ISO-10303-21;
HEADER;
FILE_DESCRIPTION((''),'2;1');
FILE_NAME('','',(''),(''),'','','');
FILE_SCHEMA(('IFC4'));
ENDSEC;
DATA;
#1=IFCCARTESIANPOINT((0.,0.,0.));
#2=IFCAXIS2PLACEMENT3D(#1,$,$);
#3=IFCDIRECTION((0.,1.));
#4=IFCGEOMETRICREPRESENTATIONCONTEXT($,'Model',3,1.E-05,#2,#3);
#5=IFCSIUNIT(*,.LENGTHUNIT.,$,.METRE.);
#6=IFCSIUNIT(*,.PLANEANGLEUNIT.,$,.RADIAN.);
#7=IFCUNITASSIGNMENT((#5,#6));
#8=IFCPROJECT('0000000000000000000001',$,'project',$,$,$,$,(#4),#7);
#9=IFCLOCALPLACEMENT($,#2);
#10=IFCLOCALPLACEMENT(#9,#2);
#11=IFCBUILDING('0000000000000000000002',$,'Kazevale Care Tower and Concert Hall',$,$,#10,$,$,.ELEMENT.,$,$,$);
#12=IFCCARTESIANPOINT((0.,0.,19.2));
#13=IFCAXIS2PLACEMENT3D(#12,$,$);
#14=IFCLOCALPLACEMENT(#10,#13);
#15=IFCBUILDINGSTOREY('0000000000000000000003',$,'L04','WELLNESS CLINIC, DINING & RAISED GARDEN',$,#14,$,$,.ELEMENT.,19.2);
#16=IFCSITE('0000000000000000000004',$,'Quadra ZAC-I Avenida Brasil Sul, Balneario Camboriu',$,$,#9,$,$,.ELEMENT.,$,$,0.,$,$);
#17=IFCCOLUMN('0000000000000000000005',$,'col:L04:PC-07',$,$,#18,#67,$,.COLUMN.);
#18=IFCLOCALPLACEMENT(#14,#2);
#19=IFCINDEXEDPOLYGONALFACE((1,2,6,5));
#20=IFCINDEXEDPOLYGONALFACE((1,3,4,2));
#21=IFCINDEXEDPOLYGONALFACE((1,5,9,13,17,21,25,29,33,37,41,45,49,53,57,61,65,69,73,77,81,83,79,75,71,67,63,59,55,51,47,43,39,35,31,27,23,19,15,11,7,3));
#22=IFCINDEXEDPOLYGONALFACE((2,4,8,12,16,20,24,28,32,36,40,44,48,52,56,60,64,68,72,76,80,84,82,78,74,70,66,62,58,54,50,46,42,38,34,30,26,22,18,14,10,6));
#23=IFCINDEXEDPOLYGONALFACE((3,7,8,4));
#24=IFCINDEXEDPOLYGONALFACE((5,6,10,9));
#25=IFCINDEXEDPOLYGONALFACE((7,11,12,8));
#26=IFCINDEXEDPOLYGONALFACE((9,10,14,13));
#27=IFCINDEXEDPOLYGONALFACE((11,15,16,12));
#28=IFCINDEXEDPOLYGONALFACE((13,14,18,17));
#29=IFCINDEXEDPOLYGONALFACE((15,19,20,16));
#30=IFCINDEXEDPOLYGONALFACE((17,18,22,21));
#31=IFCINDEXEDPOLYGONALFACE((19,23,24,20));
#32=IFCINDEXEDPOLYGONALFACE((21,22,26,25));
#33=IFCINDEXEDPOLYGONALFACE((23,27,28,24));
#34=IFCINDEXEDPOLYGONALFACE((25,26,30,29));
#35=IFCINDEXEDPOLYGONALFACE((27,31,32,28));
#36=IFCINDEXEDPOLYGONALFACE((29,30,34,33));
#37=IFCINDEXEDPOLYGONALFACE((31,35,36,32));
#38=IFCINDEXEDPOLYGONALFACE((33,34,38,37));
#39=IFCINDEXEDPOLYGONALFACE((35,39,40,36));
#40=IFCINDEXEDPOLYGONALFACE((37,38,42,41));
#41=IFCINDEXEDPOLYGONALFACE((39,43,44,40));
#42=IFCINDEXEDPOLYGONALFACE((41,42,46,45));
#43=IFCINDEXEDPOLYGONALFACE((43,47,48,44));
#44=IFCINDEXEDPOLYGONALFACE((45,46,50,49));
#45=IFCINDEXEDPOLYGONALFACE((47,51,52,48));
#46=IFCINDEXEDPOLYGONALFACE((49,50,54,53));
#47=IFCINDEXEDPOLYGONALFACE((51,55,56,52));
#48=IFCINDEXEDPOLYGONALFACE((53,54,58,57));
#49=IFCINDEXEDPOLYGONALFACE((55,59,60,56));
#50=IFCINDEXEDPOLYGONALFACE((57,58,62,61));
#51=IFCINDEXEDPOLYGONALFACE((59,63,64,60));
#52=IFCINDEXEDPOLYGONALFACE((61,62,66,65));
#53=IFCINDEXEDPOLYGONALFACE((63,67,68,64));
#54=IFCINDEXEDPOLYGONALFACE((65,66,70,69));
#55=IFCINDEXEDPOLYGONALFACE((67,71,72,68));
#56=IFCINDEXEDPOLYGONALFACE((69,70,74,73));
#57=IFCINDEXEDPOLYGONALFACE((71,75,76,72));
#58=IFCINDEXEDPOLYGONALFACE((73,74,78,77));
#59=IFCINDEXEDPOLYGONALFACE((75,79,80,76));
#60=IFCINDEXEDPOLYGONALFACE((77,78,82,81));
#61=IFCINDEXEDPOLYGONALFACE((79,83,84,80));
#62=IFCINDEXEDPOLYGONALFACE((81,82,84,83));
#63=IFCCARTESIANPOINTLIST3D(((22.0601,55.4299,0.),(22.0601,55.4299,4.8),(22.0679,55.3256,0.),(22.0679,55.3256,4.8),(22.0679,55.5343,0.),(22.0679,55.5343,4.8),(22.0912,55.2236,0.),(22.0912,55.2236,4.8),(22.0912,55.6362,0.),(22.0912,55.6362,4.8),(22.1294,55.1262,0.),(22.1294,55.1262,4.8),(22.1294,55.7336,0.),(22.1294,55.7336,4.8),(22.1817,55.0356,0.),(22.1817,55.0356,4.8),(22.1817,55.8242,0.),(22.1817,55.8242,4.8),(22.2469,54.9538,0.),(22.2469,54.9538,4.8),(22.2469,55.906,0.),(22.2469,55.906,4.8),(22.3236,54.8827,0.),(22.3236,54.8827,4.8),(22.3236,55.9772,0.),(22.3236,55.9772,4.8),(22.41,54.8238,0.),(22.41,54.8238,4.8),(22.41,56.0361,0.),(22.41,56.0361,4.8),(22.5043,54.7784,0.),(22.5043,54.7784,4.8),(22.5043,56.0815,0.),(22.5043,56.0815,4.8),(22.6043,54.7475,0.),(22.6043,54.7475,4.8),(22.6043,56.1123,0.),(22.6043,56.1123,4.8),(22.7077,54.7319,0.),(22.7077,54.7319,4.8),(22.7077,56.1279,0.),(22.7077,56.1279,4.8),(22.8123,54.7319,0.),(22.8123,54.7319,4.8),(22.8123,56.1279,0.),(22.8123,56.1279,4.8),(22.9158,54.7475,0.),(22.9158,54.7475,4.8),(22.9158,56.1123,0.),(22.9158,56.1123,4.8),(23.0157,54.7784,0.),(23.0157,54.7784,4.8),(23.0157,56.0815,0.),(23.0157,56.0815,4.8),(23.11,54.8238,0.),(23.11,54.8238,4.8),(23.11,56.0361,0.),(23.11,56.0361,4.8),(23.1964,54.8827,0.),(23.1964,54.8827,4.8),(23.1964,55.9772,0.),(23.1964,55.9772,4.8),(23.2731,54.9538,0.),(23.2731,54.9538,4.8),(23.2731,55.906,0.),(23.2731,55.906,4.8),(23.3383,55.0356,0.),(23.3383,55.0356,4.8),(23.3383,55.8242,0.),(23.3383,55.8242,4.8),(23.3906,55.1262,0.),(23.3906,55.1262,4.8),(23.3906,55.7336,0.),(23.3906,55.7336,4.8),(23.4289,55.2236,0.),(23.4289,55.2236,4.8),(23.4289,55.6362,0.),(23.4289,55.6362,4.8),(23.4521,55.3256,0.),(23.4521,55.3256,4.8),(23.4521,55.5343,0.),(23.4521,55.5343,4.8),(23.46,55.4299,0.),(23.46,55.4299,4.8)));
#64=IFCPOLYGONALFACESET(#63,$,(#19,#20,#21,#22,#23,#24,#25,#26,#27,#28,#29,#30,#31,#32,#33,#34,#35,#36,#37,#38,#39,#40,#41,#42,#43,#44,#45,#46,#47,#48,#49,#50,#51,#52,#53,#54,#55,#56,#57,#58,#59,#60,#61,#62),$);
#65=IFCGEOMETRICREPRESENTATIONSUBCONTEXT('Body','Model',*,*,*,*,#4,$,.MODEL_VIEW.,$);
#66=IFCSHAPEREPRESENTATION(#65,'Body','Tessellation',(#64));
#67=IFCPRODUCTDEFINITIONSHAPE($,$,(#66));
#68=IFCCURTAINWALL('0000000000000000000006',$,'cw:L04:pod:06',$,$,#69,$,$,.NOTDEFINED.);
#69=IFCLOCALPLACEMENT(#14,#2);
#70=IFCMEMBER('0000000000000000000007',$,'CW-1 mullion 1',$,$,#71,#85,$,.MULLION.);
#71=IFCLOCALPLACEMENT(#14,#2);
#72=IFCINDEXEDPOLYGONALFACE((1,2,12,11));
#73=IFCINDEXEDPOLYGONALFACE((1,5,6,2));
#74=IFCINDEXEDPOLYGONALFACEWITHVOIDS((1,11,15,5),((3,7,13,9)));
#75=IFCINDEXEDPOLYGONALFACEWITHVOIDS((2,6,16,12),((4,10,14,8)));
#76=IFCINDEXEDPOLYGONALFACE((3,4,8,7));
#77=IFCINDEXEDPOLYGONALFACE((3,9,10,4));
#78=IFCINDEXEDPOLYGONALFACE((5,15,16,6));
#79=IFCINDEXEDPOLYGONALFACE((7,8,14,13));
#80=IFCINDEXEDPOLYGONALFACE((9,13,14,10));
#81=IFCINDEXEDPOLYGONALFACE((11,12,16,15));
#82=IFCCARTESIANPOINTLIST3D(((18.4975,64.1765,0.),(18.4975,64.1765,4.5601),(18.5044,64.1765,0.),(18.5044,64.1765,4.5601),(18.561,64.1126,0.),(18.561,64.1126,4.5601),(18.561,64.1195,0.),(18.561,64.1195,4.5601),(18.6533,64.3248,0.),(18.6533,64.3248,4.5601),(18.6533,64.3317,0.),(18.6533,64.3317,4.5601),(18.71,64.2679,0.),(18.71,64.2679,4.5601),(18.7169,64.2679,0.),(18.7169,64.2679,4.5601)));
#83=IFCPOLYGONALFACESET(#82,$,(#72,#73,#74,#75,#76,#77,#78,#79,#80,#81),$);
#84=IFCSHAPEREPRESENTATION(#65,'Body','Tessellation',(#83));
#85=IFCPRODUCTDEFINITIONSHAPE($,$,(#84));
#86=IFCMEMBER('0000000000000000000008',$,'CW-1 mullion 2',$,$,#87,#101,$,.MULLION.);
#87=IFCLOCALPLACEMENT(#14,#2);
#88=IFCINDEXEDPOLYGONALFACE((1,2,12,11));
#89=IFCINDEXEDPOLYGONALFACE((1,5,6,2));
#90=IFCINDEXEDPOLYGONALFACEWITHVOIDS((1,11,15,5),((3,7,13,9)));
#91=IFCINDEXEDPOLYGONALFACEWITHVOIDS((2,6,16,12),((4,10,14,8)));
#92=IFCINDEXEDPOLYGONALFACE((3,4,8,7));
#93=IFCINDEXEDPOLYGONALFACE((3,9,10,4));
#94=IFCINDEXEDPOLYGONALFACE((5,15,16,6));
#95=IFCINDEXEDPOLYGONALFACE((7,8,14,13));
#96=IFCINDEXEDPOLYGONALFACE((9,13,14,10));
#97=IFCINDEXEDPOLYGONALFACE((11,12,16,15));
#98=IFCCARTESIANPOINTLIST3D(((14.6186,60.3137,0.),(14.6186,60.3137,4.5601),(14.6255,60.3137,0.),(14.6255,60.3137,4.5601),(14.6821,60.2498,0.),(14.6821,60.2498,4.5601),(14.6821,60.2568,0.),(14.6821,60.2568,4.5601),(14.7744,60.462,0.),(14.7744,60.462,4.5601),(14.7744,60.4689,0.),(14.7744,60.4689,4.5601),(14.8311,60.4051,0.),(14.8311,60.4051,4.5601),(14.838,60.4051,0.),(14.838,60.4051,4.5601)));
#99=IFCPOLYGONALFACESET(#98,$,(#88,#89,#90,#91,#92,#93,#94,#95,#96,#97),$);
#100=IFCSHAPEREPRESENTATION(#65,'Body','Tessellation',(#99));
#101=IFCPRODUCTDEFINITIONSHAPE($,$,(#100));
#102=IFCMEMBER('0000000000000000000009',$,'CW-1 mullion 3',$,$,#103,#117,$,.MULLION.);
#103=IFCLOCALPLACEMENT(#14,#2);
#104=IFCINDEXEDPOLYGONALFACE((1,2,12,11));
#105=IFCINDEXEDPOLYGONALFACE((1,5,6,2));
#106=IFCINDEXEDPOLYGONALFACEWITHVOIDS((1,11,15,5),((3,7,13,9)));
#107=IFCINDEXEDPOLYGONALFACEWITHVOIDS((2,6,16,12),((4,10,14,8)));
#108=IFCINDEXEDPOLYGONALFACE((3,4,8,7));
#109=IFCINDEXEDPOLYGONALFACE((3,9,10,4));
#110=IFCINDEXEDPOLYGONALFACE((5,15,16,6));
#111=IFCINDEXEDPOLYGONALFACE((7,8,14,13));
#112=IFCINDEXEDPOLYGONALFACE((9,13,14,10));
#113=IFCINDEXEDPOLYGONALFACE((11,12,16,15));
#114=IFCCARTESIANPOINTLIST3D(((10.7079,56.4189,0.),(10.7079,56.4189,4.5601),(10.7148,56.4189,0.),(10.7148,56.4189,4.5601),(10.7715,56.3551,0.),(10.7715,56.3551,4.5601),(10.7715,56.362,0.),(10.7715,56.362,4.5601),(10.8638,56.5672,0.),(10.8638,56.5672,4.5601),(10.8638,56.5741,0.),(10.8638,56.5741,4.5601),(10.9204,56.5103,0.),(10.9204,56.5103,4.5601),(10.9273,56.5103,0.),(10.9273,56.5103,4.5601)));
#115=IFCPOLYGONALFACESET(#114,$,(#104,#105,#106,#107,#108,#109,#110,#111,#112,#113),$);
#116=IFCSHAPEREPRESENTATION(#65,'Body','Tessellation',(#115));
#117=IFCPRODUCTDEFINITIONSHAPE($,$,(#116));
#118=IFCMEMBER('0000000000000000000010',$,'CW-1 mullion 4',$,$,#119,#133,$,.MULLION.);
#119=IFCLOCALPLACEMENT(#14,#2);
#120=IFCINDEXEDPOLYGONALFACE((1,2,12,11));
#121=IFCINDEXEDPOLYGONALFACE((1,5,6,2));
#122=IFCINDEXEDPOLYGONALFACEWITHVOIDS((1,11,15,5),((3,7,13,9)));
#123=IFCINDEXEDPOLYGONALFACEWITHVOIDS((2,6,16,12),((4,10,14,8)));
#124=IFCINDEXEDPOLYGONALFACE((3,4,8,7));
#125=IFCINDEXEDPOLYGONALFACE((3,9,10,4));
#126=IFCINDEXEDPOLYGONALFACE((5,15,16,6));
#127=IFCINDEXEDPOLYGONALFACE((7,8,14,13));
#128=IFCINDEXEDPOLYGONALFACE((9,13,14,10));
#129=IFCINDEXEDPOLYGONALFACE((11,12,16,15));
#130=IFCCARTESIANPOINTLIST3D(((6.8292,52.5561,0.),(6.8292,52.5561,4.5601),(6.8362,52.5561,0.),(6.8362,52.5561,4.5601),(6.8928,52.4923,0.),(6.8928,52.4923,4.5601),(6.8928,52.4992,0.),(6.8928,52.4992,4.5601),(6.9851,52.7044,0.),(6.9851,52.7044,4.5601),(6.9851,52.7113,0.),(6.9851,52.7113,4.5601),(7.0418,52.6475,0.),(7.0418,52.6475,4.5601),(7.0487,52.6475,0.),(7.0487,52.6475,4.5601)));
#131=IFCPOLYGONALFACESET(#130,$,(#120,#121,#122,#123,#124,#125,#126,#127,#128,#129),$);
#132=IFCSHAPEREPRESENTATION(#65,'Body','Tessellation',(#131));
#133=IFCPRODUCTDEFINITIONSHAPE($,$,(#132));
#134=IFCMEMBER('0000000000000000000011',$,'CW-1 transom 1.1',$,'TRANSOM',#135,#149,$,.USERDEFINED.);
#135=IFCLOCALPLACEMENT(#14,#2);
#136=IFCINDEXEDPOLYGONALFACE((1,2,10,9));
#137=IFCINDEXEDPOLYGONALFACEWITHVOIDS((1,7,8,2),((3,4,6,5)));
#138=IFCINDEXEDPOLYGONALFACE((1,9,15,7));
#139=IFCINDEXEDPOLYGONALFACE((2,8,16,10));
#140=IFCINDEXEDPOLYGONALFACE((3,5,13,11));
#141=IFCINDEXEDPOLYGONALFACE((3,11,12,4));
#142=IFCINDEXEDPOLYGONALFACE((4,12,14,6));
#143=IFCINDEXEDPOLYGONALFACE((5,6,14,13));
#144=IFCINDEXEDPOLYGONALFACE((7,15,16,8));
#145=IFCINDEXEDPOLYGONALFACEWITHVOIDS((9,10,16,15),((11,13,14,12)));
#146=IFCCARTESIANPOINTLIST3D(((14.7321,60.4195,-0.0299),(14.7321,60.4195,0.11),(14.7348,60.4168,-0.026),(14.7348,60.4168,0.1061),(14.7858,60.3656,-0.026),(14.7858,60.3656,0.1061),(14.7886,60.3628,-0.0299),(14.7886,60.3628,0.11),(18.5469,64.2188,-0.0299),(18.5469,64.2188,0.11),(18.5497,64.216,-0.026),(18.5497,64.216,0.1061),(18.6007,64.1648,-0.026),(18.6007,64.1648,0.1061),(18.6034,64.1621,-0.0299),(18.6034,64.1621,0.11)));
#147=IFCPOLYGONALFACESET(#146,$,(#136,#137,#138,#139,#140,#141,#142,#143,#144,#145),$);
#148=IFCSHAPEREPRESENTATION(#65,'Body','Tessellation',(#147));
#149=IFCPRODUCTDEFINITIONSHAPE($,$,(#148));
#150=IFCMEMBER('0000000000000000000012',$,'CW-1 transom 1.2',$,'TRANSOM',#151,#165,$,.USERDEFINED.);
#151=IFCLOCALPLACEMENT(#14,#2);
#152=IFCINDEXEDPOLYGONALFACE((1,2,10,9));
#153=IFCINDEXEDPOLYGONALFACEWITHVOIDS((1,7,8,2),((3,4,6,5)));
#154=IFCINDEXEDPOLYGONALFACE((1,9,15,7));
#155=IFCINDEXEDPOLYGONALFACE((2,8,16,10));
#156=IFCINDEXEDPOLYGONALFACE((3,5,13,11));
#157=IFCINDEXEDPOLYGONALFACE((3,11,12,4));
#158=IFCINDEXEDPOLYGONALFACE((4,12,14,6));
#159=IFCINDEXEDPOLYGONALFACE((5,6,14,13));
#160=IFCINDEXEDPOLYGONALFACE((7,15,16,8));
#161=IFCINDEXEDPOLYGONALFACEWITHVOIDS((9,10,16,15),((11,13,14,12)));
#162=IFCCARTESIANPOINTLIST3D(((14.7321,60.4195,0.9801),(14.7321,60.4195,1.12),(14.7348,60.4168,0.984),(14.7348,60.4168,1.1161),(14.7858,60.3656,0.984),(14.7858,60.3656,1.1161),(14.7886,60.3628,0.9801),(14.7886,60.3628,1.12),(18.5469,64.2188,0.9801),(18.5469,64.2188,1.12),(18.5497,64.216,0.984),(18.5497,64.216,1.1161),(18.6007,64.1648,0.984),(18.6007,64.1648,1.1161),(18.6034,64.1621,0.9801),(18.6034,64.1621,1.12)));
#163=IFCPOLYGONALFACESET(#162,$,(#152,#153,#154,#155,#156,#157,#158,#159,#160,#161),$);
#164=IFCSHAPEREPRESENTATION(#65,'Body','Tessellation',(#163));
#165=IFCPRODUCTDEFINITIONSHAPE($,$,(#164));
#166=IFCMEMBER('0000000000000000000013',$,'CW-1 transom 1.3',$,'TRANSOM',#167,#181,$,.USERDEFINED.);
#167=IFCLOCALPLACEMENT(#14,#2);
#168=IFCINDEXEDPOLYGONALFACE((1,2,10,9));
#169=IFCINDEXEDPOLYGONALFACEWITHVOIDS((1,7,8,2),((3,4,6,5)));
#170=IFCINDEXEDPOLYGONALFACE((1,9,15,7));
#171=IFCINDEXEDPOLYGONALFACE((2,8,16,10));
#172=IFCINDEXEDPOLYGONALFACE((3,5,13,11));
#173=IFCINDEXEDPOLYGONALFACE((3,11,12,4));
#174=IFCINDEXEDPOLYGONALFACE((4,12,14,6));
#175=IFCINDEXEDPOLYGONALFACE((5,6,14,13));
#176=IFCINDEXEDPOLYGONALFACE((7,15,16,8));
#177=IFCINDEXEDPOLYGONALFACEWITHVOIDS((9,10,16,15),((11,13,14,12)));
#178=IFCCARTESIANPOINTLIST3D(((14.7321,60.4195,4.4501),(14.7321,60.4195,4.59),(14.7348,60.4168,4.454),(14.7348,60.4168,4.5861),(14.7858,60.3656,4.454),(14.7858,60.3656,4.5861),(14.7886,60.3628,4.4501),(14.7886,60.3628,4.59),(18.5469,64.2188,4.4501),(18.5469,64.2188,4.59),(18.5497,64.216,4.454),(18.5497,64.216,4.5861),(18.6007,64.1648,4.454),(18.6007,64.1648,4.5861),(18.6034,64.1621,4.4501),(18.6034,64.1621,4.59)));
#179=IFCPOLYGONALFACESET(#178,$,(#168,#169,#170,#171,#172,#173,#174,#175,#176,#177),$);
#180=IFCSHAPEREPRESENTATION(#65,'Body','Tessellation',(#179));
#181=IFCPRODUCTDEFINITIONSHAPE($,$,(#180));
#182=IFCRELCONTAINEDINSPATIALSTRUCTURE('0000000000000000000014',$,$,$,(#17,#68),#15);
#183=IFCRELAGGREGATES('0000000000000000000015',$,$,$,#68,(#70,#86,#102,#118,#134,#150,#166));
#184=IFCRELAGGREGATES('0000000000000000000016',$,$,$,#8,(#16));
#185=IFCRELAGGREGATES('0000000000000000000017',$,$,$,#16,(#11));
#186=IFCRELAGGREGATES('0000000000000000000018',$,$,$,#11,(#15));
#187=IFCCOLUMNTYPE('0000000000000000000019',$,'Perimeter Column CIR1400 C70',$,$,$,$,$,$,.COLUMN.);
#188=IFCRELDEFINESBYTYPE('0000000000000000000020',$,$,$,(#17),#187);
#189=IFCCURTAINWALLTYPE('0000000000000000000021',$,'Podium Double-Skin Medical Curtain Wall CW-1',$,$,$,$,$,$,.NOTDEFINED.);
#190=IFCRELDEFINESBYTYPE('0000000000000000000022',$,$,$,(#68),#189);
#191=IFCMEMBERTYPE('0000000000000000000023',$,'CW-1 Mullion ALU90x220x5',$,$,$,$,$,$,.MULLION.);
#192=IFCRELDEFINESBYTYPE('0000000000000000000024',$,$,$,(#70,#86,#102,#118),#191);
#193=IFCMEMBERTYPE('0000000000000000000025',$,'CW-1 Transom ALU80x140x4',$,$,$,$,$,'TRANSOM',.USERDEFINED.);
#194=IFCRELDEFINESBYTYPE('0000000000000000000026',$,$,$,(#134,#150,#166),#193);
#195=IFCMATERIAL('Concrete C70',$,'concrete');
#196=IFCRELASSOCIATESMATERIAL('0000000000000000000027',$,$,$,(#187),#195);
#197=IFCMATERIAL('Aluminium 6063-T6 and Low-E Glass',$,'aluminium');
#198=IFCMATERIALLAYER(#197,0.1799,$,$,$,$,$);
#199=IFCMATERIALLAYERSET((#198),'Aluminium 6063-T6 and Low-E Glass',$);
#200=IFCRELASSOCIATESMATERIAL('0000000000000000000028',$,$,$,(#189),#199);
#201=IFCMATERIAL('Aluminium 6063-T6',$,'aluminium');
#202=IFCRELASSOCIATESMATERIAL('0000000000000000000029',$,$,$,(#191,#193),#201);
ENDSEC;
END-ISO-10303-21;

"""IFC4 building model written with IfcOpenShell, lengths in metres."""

from ifc_helpers import new_model, si_unit, direction, frame, origin, origin_2d, place, context, subcontext, project, spatial, hollow_rectangle, circle, extrude, material, layer, layer_set, material_profile, profile_set, type_object, element, aggregate, save


model = new_model("IFC4")

# Units and contexts
model_context = context("Model", 3, precision=1e-05, world=origin(), true_north=direction((0.0, 1.0)))
body_context = subcontext(model_context, "Body", "Model", "MODEL_VIEW")
ifc_project = project(units=[si_unit("LENGTHUNIT", "METRE"), si_unit("PLANEANGLEUNIT", "RADIAN")], contexts=[model_context])

# Site, building, storey
site_placement = place(None, origin())
site = spatial("IfcSite", under=ifc_project, at=site_placement, Name="Quadra ZAC-I Avenida Brasil Sul, Balneario Camboriu", CompositionType="ELEMENT", RefElevation=0.0)
building_placement = place(site_placement, origin())
building = spatial("IfcBuilding", under=site, at=building_placement, Name="Kazevale Care Tower and Concert Hall", CompositionType="ELEMENT")
storey_placement = place(building_placement, frame((0.0, 0.0, 19.2)))
storey = spatial("IfcBuildingStorey", under=building, at=storey_placement, Name="L04", Description="WELLNESS CLINIC, DINING & RAISED GARDEN", CompositionType="ELEMENT", Elevation=19.2)

# Column
ifc_material_1 = material(Name="Concrete C70", Category="concrete")
ifc_material_profile_1 = material_profile(ifc_material_1, circle(Radius=0.7, at=origin_2d()), Name="RC-CIR1400")
ifc_profile_set_1 = profile_set([ifc_material_profile_1], Name="Concrete C70")
column_type = type_object("IfcColumnType", Name="Perimeter Column CIR1400 C70", PredefinedType="COLUMN", material=ifc_profile_set_1)
column_placement = place(storey_placement, frame((22.76, 55.4299, 0.0), z_axis=(0.0, 0.0, 1.0), x_axis=(1.0, 0.0, 0.0)))
element("IfcColumn", 1, at=column_placement, inside=storey, type_object=column_type, Name="col:L04:PC-07", PredefinedType="COLUMN", context=body_context, shape_type="SweptSolid", body=[
    extrude(circle(Radius=0.7, at=origin_2d()), origin(), (0.0, 0.0, 1.0), 4.8),
])

# Curtain wall, members
ifc_material_2 = material(Name="Aluminium 6063-T6 and Low-E Glass", Category="aluminium")
ifc_layer_1 = layer(ifc_material_2, 0.1799)
ifc_layer_set_1 = layer_set([ifc_layer_1], Name="Aluminium 6063-T6 and Low-E Glass")
curtain_wall_type = type_object("IfcCurtainWallType", Name="Podium Double-Skin Medical Curtain Wall CW-1", PredefinedType="NOTDEFINED", material=ifc_layer_set_1)
curtain_wall_placement = place(storey_placement, origin())
curtain_wall = element("IfcCurtainWall", 2, at=curtain_wall_placement, inside=storey, type_object=curtain_wall_type, Name="cw:L04:pod:06", PredefinedType="NOTDEFINED")
ifc_material_3 = material(Name="Aluminium 6063-T6", Category="aluminium")
ifc_material_profile_2 = material_profile(ifc_material_3, hollow_rectangle(XDim=0.0901, YDim=0.22, WallThickness=0.0049, at=origin_2d()), Name="ALU90x220x5")
ifc_profile_set_2 = profile_set([ifc_material_profile_2], Name="Aluminium 6063-T6")
member_type_1 = type_object("IfcMemberType", Name="CW-1 Mullion ALU90x220x5", PredefinedType="MULLION", material=ifc_profile_set_2)
member_1_placement = place(storey_placement, frame((18.6072, 64.2222, 0.0), z_axis=(0.0, 0.0, 1.0), x_axis=(0.705656, -0.708555, 0.0)))
member_1 = element("IfcMember", 3, at=member_1_placement, type_object=member_type_1, Name="CW-1 mullion 1", PredefinedType="MULLION", context=body_context, shape_type="SweptSolid", body=[
    extrude(hollow_rectangle(XDim=0.0901, YDim=0.22, WallThickness=0.0049, at=origin_2d()), origin(), (0.0, 0.0, 1.0), 4.5601),
])
member_2_placement = place(storey_placement, frame((14.7283, 60.3594, 0.0), z_axis=(0.0, 0.0, 1.0), x_axis=(0.705656, -0.708555, 0.0)))
member_2 = element("IfcMember", 4, at=member_2_placement, type_object=member_type_1, Name="CW-1 mullion 2", PredefinedType="MULLION", context=body_context, shape_type="SweptSolid", body=[
    extrude(hollow_rectangle(XDim=0.0901, YDim=0.22, WallThickness=0.0049, at=origin_2d()), origin(), (0.0, 0.0, 1.0), 4.5601),
])
member_3_placement = place(storey_placement, frame((10.8176, 56.4646, 0.0), z_axis=(0.0, 0.0, 1.0), x_axis=(0.705656, -0.708555, 0.0)))
member_3 = element("IfcMember", 5, at=member_3_placement, type_object=member_type_1, Name="CW-1 mullion 3", PredefinedType="MULLION", context=body_context, shape_type="SweptSolid", body=[
    extrude(hollow_rectangle(XDim=0.0901, YDim=0.22, WallThickness=0.0049, at=origin_2d()), origin(), (0.0, 0.0, 1.0), 4.5601),
])
member_4_placement = place(storey_placement, frame((6.939, 52.6018, 0.0), z_axis=(0.0, 0.0, 1.0), x_axis=(0.705656, -0.708555, 0.0)))
member_4 = element("IfcMember", 6, at=member_4_placement, type_object=member_type_1, Name="CW-1 mullion 4", PredefinedType="MULLION", context=body_context, shape_type="SweptSolid", body=[
    extrude(hollow_rectangle(XDim=0.0901, YDim=0.22, WallThickness=0.0049, at=origin_2d()), origin(), (0.0, 0.0, 1.0), 4.5601),
])
ifc_material_profile_3 = material_profile(ifc_material_3, hollow_rectangle(XDim=0.0801, YDim=0.1399, WallThickness=0.0039, at=origin_2d()), Name="ALU80x140x4")
ifc_profile_set_3 = profile_set([ifc_material_profile_3], Name="Aluminium 6063-T6")
member_type_2 = type_object("IfcMemberType", Name="CW-1 Transom ALU80x140x4", ElementType="TRANSOM", PredefinedType="USERDEFINED", material=ifc_profile_set_3)
member_5_placement = place(storey_placement, frame((18.5752, 64.1904, 0.04), z_axis=(-0.708556, -0.705654, 0.0), x_axis=(0.705654, -0.708556, 0.0)))
member_5 = element("IfcMember", 7, at=member_5_placement, type_object=member_type_2, Name="CW-1 transom 1.1", ObjectType="TRANSOM", PredefinedType="USERDEFINED", context=body_context, shape_type="SweptSolid", body=[
    extrude(hollow_rectangle(XDim=0.0801, YDim=0.1399, WallThickness=0.0039, at=origin_2d()), origin(), (0.0, 0.0, 1.0), 5.384),
])
member_6_placement = place(storey_placement, frame((18.5752, 64.1904, 1.05), z_axis=(-0.708556, -0.705654, 0.0), x_axis=(0.705654, -0.708556, 0.0)))
member_6 = element("IfcMember", 8, at=member_6_placement, type_object=member_type_2, Name="CW-1 transom 1.2", ObjectType="TRANSOM", PredefinedType="USERDEFINED", context=body_context, shape_type="SweptSolid", body=[
    extrude(hollow_rectangle(XDim=0.0801, YDim=0.1399, WallThickness=0.0039, at=origin_2d()), origin(), (0.0, 0.0, 1.0), 5.384),
])
member_7_placement = place(storey_placement, frame((18.5752, 64.1904, 4.52), z_axis=(-0.708556, -0.705654, 0.0), x_axis=(0.705654, -0.708556, 0.0)))
member_7 = element("IfcMember", 9, at=member_7_placement, type_object=member_type_2, Name="CW-1 transom 1.3", ObjectType="TRANSOM", PredefinedType="USERDEFINED", context=body_context, shape_type="SweptSolid", body=[
    extrude(hollow_rectangle(XDim=0.0801, YDim=0.1399, WallThickness=0.0039, at=origin_2d()), origin(), (0.0, 0.0, 1.0), 5.384),
])

aggregate(curtain_wall, [member_1, member_2, member_3, member_4, member_5, member_6, member_7])

save(model, "model.ifc")
